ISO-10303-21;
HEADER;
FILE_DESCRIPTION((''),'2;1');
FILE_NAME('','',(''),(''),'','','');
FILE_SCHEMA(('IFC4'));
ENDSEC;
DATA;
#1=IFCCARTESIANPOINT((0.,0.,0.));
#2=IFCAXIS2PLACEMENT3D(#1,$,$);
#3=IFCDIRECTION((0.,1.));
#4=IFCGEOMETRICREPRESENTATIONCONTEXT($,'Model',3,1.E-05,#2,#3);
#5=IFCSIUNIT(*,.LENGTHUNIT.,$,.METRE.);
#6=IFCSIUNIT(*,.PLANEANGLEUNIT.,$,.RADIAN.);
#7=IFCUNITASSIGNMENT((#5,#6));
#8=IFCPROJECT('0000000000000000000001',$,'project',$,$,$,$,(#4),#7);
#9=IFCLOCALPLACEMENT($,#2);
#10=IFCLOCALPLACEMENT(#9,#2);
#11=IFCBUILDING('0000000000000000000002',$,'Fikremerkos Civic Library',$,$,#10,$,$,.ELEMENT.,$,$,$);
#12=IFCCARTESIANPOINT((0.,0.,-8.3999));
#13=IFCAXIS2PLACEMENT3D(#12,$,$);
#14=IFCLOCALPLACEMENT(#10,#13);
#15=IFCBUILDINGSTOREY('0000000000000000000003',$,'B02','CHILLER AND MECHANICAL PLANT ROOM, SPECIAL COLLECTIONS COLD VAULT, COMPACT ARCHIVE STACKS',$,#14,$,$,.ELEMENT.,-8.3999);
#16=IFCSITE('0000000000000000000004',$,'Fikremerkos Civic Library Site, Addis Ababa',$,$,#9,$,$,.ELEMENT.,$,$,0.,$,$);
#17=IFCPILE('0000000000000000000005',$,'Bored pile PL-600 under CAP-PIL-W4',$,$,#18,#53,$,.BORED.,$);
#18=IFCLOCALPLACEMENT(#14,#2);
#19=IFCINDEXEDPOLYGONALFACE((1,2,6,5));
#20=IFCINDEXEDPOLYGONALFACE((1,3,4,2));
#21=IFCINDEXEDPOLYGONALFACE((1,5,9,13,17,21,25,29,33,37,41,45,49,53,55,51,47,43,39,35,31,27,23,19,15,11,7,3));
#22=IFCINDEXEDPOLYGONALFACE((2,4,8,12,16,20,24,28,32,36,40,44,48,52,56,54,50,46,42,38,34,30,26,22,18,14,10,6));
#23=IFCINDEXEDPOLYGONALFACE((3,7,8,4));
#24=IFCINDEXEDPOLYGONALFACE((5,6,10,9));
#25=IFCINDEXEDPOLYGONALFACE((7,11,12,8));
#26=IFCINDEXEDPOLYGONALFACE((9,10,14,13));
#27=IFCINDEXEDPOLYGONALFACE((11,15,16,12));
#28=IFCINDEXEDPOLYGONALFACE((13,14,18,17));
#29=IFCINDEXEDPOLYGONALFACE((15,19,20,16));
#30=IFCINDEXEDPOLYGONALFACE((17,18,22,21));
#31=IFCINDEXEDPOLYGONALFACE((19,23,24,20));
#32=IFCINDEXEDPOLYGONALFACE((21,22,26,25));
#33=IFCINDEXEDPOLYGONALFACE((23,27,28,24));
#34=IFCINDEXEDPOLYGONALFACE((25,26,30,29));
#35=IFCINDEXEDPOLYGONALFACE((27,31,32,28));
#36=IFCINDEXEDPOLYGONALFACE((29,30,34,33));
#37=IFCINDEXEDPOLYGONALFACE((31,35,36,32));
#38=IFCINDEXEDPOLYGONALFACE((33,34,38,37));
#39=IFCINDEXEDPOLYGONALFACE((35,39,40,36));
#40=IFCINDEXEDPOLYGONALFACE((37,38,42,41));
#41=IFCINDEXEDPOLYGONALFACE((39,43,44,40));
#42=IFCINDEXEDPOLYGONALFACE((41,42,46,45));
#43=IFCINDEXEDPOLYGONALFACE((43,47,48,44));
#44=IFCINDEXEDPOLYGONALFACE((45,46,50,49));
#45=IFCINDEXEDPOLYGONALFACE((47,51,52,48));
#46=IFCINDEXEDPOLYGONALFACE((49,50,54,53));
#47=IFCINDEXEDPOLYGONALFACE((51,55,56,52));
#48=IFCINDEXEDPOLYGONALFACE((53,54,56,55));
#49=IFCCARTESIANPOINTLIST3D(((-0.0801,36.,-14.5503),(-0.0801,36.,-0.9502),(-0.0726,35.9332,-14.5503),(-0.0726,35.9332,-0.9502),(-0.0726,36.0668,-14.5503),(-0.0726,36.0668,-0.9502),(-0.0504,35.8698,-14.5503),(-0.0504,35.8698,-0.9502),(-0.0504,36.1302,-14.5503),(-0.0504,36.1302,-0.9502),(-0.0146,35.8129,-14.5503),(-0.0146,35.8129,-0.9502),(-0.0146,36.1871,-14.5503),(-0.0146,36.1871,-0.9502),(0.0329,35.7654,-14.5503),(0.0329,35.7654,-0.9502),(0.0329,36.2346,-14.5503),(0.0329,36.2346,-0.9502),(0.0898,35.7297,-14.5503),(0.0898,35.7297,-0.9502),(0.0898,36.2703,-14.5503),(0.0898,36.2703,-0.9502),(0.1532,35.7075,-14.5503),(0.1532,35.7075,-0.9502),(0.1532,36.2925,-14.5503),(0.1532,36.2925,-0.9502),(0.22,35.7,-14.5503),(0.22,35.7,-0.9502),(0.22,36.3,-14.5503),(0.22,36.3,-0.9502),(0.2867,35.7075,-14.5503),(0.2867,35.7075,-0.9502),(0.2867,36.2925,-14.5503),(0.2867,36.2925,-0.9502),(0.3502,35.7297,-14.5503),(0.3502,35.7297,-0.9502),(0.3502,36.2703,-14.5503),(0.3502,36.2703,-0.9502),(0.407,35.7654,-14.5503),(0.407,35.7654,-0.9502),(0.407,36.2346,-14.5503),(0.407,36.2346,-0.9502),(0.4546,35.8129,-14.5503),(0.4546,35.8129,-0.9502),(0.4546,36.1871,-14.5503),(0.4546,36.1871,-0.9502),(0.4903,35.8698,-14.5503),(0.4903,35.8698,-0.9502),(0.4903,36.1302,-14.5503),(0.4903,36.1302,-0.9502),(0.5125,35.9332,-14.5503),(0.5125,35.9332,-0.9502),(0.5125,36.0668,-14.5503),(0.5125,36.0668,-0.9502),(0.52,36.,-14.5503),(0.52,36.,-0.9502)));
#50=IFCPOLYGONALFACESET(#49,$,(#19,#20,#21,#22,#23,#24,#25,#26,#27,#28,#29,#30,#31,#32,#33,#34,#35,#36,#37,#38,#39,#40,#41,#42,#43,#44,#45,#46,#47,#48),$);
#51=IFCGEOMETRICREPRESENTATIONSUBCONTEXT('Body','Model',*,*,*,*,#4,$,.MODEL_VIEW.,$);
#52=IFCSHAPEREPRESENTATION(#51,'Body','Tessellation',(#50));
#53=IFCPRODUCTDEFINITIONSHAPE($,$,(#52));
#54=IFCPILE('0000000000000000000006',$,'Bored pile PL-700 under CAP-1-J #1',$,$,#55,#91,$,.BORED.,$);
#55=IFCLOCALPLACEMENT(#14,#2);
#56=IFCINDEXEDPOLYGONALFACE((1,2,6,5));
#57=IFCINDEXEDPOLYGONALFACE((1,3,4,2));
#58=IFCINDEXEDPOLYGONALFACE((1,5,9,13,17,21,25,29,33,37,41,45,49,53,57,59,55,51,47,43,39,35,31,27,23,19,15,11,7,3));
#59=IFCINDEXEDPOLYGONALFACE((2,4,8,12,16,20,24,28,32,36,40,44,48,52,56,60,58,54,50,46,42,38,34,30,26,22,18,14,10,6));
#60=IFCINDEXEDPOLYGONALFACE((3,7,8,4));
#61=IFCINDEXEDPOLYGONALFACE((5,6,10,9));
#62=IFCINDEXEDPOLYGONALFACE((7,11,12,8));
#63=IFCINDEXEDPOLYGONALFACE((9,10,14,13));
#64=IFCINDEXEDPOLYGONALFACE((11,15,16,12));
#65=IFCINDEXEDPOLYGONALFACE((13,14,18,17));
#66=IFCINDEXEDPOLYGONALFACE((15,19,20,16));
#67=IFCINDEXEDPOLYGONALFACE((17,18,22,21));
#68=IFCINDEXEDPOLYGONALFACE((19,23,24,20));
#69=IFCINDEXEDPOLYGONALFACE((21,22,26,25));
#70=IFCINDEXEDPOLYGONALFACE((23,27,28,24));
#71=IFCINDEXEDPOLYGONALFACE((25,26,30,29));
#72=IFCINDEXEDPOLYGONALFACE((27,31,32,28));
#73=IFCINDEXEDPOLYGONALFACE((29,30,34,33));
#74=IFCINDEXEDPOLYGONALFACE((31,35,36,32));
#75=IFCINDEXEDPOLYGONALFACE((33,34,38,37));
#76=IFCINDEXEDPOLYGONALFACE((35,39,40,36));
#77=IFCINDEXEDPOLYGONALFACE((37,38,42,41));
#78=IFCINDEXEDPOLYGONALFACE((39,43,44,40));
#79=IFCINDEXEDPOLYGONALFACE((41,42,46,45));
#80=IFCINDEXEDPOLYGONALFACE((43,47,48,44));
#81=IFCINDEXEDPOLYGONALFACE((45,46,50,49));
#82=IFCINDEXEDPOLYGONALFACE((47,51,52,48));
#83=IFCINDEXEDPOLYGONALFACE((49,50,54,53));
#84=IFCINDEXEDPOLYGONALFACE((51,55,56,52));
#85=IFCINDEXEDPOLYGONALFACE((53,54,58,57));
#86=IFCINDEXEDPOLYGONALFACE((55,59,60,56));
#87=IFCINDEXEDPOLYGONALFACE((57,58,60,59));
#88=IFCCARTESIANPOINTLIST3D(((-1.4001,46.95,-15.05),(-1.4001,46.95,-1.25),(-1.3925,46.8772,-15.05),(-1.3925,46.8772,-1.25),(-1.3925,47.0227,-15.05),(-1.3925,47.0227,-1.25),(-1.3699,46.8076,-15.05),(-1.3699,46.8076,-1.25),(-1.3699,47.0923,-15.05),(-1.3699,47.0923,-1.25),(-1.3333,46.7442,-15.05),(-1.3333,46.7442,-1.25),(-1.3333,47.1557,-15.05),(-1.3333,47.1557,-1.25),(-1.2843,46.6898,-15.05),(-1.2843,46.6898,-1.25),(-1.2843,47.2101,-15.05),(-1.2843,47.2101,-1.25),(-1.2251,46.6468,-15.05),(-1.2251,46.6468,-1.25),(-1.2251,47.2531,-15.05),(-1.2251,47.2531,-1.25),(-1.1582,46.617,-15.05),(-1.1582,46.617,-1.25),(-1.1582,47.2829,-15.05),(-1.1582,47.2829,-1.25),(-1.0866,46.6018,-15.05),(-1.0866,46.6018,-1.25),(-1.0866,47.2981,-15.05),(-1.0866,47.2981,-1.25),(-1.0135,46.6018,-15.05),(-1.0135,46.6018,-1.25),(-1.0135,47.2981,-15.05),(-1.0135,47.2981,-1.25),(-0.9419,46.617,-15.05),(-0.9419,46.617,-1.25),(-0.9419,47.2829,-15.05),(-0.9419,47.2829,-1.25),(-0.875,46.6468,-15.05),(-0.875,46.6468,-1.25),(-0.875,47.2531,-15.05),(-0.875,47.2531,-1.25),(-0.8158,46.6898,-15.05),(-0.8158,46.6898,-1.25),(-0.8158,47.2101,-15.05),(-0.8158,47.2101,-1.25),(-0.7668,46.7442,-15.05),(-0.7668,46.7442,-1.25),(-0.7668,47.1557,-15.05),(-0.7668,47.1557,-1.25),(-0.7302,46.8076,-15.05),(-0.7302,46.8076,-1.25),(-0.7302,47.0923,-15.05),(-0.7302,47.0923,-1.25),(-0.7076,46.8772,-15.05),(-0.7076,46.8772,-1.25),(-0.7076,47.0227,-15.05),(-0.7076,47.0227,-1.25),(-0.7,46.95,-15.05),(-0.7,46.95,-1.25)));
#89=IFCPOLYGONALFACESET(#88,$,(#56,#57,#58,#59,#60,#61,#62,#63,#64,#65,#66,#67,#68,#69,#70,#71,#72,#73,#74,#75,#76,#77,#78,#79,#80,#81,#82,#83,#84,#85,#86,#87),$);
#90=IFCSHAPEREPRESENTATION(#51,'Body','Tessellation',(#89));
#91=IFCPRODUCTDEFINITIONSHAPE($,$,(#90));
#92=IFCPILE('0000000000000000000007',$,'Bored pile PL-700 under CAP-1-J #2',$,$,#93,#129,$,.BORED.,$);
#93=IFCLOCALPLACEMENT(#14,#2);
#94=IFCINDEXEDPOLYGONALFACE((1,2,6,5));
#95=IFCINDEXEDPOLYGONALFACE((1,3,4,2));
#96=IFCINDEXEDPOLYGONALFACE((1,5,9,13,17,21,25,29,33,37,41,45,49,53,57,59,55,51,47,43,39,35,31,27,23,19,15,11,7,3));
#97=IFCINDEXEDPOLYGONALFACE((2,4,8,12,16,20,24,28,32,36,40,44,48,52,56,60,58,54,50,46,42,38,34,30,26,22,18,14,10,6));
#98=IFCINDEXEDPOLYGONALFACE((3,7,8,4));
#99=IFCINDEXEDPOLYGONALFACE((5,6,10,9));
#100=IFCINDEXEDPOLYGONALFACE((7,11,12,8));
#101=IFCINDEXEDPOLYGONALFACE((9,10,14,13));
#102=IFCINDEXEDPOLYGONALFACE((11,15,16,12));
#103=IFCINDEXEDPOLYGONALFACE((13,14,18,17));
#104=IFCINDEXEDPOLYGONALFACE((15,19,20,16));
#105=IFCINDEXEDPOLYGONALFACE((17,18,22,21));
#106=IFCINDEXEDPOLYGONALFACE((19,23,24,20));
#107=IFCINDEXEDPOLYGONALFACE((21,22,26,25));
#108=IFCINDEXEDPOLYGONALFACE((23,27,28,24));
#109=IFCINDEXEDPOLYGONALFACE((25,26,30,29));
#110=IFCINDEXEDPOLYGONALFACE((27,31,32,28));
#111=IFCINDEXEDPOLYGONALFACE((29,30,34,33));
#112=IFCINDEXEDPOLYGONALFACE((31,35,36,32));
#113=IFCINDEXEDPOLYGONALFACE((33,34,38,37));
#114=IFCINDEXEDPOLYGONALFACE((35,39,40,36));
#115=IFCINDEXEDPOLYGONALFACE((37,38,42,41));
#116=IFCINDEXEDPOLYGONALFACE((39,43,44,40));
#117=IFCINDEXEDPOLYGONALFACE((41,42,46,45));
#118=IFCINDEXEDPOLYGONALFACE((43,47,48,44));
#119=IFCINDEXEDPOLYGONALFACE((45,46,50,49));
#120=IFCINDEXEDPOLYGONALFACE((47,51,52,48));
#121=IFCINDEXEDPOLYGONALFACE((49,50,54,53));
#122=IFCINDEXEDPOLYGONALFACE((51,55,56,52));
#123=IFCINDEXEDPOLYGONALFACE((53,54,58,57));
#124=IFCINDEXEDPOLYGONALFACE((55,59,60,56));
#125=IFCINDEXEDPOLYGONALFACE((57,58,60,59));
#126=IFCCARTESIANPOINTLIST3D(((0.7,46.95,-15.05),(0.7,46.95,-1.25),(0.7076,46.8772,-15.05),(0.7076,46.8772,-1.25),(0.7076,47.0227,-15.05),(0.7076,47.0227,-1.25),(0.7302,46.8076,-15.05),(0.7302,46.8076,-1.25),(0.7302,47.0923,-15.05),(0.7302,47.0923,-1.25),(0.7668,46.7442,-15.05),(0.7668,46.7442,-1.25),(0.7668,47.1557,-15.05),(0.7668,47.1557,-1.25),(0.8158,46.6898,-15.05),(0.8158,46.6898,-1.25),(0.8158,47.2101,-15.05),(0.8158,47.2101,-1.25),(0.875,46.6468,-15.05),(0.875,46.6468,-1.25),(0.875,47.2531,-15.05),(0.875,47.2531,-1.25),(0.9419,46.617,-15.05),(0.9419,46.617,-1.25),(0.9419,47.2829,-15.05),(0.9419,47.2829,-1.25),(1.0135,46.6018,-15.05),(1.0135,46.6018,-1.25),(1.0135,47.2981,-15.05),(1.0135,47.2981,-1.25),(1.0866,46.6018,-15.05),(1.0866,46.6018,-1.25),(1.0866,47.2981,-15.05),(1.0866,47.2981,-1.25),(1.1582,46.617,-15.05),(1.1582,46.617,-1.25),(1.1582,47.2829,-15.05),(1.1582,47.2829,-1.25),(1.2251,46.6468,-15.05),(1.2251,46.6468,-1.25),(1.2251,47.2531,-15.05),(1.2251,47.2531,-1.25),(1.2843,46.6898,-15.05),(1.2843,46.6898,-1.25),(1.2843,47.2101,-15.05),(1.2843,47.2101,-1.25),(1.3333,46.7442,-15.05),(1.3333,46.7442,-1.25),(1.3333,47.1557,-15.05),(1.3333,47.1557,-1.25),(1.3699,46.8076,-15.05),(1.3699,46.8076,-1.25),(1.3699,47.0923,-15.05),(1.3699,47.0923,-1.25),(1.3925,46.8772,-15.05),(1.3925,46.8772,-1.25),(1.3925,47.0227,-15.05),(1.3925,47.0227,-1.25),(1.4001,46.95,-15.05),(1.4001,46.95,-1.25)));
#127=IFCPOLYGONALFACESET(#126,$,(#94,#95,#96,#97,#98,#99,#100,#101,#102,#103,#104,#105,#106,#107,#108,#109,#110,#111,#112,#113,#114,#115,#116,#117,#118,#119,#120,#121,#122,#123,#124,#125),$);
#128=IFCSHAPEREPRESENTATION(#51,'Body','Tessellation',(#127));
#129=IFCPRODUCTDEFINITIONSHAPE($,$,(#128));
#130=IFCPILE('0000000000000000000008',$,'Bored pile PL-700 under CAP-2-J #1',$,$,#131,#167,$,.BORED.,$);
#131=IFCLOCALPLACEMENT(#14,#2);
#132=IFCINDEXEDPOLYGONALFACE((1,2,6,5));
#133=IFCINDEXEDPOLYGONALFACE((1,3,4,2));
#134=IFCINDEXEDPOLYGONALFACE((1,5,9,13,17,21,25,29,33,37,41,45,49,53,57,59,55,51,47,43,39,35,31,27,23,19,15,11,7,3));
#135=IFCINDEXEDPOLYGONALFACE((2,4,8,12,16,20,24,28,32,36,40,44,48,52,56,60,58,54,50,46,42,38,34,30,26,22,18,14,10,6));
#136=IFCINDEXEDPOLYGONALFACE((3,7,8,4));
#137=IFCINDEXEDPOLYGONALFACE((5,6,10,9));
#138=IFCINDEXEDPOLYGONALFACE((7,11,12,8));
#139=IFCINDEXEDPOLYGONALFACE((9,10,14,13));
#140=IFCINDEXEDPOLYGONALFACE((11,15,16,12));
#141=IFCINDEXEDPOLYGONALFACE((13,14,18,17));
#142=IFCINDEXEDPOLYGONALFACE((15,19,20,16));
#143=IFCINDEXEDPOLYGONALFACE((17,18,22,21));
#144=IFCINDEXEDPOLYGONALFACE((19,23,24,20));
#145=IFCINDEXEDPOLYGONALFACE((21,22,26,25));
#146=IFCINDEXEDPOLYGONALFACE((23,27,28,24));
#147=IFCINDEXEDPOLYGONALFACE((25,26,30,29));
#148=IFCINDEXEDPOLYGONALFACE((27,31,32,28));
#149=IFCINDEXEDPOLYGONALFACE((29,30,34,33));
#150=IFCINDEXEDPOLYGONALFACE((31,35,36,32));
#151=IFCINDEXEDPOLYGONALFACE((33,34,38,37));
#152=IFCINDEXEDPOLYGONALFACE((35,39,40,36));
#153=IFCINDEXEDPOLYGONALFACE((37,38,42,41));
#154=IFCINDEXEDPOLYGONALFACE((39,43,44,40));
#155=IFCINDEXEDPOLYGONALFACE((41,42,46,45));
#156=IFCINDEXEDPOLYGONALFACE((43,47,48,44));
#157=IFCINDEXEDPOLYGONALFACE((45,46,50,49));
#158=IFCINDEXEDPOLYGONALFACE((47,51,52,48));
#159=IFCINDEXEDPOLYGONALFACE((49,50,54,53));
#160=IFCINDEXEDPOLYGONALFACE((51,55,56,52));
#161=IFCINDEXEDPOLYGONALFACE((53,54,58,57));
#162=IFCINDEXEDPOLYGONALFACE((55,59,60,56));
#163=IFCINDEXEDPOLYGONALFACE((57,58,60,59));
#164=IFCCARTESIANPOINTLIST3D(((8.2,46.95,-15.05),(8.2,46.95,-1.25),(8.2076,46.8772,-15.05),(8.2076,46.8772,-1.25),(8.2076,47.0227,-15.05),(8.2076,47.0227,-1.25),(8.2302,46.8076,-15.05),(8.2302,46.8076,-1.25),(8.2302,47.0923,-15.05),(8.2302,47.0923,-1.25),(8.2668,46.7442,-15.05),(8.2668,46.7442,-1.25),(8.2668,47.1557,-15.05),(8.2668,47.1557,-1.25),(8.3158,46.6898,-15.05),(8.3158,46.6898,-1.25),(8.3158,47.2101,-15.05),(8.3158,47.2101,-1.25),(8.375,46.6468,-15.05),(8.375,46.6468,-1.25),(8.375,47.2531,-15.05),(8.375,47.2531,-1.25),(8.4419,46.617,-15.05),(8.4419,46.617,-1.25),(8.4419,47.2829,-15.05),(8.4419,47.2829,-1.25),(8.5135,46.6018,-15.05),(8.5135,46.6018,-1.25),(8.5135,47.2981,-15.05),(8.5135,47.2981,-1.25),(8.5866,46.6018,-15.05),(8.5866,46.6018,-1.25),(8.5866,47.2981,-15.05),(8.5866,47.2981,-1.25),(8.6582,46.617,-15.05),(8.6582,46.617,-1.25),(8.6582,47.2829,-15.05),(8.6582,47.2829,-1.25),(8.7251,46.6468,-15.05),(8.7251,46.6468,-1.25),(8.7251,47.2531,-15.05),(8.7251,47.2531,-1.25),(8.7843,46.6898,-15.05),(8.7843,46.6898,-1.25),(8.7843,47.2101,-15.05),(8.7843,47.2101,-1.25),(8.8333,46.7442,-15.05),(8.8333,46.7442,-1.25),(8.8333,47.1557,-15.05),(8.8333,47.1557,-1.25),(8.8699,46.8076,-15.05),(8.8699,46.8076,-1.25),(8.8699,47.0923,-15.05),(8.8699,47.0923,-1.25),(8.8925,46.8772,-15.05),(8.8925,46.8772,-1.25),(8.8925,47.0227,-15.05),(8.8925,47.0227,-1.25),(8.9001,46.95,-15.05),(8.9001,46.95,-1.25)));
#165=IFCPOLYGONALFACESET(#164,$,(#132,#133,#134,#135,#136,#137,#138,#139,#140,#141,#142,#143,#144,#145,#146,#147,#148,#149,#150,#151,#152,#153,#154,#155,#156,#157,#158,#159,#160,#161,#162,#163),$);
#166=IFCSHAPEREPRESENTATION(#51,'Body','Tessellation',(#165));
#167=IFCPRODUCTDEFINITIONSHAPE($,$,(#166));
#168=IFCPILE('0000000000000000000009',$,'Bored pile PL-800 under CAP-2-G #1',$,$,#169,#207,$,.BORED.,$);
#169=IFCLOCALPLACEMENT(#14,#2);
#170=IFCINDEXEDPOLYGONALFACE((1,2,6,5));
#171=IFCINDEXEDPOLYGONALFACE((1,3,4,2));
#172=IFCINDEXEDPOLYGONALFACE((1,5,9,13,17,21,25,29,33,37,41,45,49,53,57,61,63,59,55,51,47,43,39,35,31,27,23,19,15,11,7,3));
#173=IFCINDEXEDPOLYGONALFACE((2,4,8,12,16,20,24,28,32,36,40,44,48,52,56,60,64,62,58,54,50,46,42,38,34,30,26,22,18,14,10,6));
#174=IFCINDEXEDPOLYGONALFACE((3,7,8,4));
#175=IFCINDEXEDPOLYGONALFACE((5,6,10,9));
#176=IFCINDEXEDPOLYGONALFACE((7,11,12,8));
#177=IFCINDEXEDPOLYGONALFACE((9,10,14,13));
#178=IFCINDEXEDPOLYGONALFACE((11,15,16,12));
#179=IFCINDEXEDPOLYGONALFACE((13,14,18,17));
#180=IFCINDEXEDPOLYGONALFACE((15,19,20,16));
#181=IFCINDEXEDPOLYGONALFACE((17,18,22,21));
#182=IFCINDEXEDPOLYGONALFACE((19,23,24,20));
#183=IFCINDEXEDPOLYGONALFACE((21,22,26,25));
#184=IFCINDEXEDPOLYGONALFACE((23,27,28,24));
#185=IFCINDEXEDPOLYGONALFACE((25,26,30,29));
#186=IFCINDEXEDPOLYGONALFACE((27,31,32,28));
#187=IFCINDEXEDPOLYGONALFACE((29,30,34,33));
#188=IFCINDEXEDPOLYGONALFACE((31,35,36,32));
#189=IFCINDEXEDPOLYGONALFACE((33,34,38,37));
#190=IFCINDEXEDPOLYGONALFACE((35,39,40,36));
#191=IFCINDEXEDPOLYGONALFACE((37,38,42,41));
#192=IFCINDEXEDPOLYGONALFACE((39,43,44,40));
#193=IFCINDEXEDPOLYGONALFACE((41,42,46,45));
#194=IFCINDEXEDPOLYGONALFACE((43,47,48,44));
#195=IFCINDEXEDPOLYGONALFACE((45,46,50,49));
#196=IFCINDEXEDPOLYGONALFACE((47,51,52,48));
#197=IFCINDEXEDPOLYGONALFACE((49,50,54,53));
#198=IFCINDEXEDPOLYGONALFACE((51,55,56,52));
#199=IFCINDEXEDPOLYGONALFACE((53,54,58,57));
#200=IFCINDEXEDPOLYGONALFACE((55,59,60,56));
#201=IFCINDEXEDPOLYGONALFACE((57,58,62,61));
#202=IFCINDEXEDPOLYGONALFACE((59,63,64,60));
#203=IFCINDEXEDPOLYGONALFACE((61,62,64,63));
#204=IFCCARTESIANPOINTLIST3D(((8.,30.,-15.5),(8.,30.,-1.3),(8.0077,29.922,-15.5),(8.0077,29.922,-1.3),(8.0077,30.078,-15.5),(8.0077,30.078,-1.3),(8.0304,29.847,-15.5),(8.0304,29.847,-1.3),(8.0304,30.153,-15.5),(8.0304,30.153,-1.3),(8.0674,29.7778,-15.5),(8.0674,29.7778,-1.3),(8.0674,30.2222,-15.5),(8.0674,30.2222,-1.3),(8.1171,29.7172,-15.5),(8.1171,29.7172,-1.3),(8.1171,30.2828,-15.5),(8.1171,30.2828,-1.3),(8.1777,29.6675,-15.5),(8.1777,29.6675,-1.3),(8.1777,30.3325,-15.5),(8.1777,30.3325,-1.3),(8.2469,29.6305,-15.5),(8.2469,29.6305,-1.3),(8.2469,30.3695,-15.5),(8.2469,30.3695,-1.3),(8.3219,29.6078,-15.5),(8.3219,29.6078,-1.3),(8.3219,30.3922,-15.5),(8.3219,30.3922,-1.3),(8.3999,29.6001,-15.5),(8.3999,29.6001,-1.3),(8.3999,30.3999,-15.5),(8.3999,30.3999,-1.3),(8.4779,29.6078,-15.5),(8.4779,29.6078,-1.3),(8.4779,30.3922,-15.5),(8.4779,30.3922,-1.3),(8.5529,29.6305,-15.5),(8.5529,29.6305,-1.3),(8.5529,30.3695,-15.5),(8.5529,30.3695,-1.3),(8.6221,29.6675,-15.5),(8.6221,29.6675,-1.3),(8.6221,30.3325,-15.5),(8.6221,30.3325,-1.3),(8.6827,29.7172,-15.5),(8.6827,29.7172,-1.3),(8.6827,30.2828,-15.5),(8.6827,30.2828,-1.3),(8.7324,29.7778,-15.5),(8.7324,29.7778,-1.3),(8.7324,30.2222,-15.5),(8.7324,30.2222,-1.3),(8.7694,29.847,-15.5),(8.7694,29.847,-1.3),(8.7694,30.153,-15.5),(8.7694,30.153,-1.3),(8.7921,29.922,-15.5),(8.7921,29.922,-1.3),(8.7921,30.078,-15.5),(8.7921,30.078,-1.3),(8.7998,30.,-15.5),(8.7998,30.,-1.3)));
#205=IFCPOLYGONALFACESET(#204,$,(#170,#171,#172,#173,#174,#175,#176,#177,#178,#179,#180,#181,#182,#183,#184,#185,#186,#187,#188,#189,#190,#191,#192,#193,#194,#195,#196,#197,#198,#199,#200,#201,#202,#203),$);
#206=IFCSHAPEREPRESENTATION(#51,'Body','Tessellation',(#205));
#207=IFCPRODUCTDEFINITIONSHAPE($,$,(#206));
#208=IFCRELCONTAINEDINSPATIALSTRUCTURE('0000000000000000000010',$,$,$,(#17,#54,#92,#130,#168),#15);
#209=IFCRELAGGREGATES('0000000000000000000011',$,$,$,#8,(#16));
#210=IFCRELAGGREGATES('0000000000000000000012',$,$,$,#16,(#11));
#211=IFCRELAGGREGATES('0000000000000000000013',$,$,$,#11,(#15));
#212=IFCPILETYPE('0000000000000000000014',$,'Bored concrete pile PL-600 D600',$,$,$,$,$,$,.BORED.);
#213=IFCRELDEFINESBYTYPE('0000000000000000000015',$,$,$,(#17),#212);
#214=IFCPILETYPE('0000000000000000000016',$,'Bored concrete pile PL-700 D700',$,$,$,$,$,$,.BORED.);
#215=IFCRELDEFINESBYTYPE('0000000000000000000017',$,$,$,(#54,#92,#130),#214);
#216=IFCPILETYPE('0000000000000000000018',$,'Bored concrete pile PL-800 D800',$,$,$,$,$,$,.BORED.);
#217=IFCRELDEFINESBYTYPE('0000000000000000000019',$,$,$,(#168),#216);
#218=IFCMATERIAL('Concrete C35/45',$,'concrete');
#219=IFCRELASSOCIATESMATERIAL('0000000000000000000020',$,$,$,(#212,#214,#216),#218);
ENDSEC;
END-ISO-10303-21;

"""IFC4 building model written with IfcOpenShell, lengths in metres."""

from ifc_helpers import new_model, si_unit, direction, frame, origin, origin_2d, place, context, subcontext, project, spatial, circle, extrude, material, material_profile, profile_set, type_object, element, save


model = new_model("IFC4")

# Units and contexts
model_context = context("Model", 3, precision=1e-05, world=origin(), true_north=direction((0.0, 1.0)))
body_context = subcontext(model_context, "Body", "Model", "MODEL_VIEW")
ifc_project = project(units=[si_unit("LENGTHUNIT", "METRE"), si_unit("PLANEANGLEUNIT", "RADIAN")], contexts=[model_context])

# Site, building, storey
site_placement = place(None, origin())
site = spatial("IfcSite", under=ifc_project, at=site_placement, Name="Fikremerkos Civic Library Site, Addis Ababa", CompositionType="ELEMENT", RefElevation=0.0)
building_placement = place(site_placement, origin())
building = spatial("IfcBuilding", under=site, at=building_placement, Name="Fikremerkos Civic Library", CompositionType="ELEMENT")
storey_placement = place(building_placement, frame((0.0, 0.0, -8.3999)))
storey = spatial("IfcBuildingStorey", under=building, at=storey_placement, Name="B02", Description="CHILLER AND MECHANICAL PLANT ROOM, SPECIAL COLLECTIONS COLD VAULT, COMPACT ARCHIVE STACKS", CompositionType="ELEMENT", Elevation=-8.3999)

# Piles
ifc_material_1 = material(Name="Concrete C35/45", Category="concrete")
ifc_material_profile_1 = material_profile(ifc_material_1, circle(Radius=0.3, at=origin_2d()), Name="BORED PILE 600")
ifc_profile_set_1 = profile_set([ifc_material_profile_1], Name="Concrete C35/45")
pile_type_1 = type_object("IfcPileType", Name="Bored concrete pile PL-600 D600", PredefinedType="BORED", material=ifc_profile_set_1)
pile_placement = place(storey_placement, frame((0.22, 36.0, -0.9502), z_axis=(0.0, 0.0, -1.0), x_axis=(1.0, 0.0, 0.0)))
element("IfcPile", 1, at=pile_placement, inside=storey, type_object=pile_type_1, Name="Bored pile PL-600 under CAP-PIL-W4", PredefinedType="BORED", context=body_context, shape_type="SweptSolid", body=[
    extrude(circle(Radius=0.3, at=origin_2d()), origin(), (0.0, 0.0, 1.0), 13.6001),
])
ifc_material_profile_2 = material_profile(ifc_material_1, circle(Radius=0.3501, at=origin_2d()), Name="BORED PILE 700")
ifc_profile_set_2 = profile_set([ifc_material_profile_2], Name="Concrete C35/45")
pile_type_2 = type_object("IfcPileType", Name="Bored concrete pile PL-700 D700", PredefinedType="BORED", material=ifc_profile_set_2)
for number, where, z_axis, x_axis, name in (
    (2, (-1.05, 46.95, -1.25), (0.0, 0.0, -1.0), (1.0, 0.0, 0.0), "Bored pile PL-700 under CAP-1-J #1"),
    (3, (1.05, 46.95, -1.25), (0.0, 0.0, -1.0), (1.0, 0.0, 0.0), "Bored pile PL-700 under CAP-1-J #2"),
    (4, (8.55, 46.95, -1.25), (0.0, 0.0, -1.0), (1.0, 0.0, 0.0), "Bored pile PL-700 under CAP-2-J #1"),
):
    element("IfcPile", number, at=place(storey_placement, frame(where, z_axis=z_axis, x_axis=x_axis)), inside=storey, type_object=pile_type_2, Name=name, PredefinedType="BORED", context=body_context, shape_type="SweptSolid", body=[
        extrude(circle(Radius=0.3501, at=origin_2d()), origin(), (0.0, 0.0, 1.0), 13.8),
    ])
ifc_material_profile_3 = material_profile(ifc_material_1, circle(Radius=0.3999, at=origin_2d()), Name="BORED PILE 800")
ifc_profile_set_3 = profile_set([ifc_material_profile_3], Name="Concrete C35/45")
pile_type_3 = type_object("IfcPileType", Name="Bored concrete pile PL-800 D800", PredefinedType="BORED", material=ifc_profile_set_3)
for number, where, z_axis, x_axis, name in (
    (5, (8.3999, 30.0, -1.3), (0.0, 0.0, -1.0), (1.0, 0.0, 0.0), "Bored pile PL-800 under CAP-2-G #1"),
):
    element("IfcPile", number, at=place(storey_placement, frame(where, z_axis=z_axis, x_axis=x_axis)), inside=storey, type_object=pile_type_3, Name=name, PredefinedType="BORED", context=body_context, shape_type="SweptSolid", body=[
        extrude(circle(Radius=0.3999, at=origin_2d()), origin(), (0.0, 0.0, 1.0), 14.2),
    ])

save(model, "model.ifc")
